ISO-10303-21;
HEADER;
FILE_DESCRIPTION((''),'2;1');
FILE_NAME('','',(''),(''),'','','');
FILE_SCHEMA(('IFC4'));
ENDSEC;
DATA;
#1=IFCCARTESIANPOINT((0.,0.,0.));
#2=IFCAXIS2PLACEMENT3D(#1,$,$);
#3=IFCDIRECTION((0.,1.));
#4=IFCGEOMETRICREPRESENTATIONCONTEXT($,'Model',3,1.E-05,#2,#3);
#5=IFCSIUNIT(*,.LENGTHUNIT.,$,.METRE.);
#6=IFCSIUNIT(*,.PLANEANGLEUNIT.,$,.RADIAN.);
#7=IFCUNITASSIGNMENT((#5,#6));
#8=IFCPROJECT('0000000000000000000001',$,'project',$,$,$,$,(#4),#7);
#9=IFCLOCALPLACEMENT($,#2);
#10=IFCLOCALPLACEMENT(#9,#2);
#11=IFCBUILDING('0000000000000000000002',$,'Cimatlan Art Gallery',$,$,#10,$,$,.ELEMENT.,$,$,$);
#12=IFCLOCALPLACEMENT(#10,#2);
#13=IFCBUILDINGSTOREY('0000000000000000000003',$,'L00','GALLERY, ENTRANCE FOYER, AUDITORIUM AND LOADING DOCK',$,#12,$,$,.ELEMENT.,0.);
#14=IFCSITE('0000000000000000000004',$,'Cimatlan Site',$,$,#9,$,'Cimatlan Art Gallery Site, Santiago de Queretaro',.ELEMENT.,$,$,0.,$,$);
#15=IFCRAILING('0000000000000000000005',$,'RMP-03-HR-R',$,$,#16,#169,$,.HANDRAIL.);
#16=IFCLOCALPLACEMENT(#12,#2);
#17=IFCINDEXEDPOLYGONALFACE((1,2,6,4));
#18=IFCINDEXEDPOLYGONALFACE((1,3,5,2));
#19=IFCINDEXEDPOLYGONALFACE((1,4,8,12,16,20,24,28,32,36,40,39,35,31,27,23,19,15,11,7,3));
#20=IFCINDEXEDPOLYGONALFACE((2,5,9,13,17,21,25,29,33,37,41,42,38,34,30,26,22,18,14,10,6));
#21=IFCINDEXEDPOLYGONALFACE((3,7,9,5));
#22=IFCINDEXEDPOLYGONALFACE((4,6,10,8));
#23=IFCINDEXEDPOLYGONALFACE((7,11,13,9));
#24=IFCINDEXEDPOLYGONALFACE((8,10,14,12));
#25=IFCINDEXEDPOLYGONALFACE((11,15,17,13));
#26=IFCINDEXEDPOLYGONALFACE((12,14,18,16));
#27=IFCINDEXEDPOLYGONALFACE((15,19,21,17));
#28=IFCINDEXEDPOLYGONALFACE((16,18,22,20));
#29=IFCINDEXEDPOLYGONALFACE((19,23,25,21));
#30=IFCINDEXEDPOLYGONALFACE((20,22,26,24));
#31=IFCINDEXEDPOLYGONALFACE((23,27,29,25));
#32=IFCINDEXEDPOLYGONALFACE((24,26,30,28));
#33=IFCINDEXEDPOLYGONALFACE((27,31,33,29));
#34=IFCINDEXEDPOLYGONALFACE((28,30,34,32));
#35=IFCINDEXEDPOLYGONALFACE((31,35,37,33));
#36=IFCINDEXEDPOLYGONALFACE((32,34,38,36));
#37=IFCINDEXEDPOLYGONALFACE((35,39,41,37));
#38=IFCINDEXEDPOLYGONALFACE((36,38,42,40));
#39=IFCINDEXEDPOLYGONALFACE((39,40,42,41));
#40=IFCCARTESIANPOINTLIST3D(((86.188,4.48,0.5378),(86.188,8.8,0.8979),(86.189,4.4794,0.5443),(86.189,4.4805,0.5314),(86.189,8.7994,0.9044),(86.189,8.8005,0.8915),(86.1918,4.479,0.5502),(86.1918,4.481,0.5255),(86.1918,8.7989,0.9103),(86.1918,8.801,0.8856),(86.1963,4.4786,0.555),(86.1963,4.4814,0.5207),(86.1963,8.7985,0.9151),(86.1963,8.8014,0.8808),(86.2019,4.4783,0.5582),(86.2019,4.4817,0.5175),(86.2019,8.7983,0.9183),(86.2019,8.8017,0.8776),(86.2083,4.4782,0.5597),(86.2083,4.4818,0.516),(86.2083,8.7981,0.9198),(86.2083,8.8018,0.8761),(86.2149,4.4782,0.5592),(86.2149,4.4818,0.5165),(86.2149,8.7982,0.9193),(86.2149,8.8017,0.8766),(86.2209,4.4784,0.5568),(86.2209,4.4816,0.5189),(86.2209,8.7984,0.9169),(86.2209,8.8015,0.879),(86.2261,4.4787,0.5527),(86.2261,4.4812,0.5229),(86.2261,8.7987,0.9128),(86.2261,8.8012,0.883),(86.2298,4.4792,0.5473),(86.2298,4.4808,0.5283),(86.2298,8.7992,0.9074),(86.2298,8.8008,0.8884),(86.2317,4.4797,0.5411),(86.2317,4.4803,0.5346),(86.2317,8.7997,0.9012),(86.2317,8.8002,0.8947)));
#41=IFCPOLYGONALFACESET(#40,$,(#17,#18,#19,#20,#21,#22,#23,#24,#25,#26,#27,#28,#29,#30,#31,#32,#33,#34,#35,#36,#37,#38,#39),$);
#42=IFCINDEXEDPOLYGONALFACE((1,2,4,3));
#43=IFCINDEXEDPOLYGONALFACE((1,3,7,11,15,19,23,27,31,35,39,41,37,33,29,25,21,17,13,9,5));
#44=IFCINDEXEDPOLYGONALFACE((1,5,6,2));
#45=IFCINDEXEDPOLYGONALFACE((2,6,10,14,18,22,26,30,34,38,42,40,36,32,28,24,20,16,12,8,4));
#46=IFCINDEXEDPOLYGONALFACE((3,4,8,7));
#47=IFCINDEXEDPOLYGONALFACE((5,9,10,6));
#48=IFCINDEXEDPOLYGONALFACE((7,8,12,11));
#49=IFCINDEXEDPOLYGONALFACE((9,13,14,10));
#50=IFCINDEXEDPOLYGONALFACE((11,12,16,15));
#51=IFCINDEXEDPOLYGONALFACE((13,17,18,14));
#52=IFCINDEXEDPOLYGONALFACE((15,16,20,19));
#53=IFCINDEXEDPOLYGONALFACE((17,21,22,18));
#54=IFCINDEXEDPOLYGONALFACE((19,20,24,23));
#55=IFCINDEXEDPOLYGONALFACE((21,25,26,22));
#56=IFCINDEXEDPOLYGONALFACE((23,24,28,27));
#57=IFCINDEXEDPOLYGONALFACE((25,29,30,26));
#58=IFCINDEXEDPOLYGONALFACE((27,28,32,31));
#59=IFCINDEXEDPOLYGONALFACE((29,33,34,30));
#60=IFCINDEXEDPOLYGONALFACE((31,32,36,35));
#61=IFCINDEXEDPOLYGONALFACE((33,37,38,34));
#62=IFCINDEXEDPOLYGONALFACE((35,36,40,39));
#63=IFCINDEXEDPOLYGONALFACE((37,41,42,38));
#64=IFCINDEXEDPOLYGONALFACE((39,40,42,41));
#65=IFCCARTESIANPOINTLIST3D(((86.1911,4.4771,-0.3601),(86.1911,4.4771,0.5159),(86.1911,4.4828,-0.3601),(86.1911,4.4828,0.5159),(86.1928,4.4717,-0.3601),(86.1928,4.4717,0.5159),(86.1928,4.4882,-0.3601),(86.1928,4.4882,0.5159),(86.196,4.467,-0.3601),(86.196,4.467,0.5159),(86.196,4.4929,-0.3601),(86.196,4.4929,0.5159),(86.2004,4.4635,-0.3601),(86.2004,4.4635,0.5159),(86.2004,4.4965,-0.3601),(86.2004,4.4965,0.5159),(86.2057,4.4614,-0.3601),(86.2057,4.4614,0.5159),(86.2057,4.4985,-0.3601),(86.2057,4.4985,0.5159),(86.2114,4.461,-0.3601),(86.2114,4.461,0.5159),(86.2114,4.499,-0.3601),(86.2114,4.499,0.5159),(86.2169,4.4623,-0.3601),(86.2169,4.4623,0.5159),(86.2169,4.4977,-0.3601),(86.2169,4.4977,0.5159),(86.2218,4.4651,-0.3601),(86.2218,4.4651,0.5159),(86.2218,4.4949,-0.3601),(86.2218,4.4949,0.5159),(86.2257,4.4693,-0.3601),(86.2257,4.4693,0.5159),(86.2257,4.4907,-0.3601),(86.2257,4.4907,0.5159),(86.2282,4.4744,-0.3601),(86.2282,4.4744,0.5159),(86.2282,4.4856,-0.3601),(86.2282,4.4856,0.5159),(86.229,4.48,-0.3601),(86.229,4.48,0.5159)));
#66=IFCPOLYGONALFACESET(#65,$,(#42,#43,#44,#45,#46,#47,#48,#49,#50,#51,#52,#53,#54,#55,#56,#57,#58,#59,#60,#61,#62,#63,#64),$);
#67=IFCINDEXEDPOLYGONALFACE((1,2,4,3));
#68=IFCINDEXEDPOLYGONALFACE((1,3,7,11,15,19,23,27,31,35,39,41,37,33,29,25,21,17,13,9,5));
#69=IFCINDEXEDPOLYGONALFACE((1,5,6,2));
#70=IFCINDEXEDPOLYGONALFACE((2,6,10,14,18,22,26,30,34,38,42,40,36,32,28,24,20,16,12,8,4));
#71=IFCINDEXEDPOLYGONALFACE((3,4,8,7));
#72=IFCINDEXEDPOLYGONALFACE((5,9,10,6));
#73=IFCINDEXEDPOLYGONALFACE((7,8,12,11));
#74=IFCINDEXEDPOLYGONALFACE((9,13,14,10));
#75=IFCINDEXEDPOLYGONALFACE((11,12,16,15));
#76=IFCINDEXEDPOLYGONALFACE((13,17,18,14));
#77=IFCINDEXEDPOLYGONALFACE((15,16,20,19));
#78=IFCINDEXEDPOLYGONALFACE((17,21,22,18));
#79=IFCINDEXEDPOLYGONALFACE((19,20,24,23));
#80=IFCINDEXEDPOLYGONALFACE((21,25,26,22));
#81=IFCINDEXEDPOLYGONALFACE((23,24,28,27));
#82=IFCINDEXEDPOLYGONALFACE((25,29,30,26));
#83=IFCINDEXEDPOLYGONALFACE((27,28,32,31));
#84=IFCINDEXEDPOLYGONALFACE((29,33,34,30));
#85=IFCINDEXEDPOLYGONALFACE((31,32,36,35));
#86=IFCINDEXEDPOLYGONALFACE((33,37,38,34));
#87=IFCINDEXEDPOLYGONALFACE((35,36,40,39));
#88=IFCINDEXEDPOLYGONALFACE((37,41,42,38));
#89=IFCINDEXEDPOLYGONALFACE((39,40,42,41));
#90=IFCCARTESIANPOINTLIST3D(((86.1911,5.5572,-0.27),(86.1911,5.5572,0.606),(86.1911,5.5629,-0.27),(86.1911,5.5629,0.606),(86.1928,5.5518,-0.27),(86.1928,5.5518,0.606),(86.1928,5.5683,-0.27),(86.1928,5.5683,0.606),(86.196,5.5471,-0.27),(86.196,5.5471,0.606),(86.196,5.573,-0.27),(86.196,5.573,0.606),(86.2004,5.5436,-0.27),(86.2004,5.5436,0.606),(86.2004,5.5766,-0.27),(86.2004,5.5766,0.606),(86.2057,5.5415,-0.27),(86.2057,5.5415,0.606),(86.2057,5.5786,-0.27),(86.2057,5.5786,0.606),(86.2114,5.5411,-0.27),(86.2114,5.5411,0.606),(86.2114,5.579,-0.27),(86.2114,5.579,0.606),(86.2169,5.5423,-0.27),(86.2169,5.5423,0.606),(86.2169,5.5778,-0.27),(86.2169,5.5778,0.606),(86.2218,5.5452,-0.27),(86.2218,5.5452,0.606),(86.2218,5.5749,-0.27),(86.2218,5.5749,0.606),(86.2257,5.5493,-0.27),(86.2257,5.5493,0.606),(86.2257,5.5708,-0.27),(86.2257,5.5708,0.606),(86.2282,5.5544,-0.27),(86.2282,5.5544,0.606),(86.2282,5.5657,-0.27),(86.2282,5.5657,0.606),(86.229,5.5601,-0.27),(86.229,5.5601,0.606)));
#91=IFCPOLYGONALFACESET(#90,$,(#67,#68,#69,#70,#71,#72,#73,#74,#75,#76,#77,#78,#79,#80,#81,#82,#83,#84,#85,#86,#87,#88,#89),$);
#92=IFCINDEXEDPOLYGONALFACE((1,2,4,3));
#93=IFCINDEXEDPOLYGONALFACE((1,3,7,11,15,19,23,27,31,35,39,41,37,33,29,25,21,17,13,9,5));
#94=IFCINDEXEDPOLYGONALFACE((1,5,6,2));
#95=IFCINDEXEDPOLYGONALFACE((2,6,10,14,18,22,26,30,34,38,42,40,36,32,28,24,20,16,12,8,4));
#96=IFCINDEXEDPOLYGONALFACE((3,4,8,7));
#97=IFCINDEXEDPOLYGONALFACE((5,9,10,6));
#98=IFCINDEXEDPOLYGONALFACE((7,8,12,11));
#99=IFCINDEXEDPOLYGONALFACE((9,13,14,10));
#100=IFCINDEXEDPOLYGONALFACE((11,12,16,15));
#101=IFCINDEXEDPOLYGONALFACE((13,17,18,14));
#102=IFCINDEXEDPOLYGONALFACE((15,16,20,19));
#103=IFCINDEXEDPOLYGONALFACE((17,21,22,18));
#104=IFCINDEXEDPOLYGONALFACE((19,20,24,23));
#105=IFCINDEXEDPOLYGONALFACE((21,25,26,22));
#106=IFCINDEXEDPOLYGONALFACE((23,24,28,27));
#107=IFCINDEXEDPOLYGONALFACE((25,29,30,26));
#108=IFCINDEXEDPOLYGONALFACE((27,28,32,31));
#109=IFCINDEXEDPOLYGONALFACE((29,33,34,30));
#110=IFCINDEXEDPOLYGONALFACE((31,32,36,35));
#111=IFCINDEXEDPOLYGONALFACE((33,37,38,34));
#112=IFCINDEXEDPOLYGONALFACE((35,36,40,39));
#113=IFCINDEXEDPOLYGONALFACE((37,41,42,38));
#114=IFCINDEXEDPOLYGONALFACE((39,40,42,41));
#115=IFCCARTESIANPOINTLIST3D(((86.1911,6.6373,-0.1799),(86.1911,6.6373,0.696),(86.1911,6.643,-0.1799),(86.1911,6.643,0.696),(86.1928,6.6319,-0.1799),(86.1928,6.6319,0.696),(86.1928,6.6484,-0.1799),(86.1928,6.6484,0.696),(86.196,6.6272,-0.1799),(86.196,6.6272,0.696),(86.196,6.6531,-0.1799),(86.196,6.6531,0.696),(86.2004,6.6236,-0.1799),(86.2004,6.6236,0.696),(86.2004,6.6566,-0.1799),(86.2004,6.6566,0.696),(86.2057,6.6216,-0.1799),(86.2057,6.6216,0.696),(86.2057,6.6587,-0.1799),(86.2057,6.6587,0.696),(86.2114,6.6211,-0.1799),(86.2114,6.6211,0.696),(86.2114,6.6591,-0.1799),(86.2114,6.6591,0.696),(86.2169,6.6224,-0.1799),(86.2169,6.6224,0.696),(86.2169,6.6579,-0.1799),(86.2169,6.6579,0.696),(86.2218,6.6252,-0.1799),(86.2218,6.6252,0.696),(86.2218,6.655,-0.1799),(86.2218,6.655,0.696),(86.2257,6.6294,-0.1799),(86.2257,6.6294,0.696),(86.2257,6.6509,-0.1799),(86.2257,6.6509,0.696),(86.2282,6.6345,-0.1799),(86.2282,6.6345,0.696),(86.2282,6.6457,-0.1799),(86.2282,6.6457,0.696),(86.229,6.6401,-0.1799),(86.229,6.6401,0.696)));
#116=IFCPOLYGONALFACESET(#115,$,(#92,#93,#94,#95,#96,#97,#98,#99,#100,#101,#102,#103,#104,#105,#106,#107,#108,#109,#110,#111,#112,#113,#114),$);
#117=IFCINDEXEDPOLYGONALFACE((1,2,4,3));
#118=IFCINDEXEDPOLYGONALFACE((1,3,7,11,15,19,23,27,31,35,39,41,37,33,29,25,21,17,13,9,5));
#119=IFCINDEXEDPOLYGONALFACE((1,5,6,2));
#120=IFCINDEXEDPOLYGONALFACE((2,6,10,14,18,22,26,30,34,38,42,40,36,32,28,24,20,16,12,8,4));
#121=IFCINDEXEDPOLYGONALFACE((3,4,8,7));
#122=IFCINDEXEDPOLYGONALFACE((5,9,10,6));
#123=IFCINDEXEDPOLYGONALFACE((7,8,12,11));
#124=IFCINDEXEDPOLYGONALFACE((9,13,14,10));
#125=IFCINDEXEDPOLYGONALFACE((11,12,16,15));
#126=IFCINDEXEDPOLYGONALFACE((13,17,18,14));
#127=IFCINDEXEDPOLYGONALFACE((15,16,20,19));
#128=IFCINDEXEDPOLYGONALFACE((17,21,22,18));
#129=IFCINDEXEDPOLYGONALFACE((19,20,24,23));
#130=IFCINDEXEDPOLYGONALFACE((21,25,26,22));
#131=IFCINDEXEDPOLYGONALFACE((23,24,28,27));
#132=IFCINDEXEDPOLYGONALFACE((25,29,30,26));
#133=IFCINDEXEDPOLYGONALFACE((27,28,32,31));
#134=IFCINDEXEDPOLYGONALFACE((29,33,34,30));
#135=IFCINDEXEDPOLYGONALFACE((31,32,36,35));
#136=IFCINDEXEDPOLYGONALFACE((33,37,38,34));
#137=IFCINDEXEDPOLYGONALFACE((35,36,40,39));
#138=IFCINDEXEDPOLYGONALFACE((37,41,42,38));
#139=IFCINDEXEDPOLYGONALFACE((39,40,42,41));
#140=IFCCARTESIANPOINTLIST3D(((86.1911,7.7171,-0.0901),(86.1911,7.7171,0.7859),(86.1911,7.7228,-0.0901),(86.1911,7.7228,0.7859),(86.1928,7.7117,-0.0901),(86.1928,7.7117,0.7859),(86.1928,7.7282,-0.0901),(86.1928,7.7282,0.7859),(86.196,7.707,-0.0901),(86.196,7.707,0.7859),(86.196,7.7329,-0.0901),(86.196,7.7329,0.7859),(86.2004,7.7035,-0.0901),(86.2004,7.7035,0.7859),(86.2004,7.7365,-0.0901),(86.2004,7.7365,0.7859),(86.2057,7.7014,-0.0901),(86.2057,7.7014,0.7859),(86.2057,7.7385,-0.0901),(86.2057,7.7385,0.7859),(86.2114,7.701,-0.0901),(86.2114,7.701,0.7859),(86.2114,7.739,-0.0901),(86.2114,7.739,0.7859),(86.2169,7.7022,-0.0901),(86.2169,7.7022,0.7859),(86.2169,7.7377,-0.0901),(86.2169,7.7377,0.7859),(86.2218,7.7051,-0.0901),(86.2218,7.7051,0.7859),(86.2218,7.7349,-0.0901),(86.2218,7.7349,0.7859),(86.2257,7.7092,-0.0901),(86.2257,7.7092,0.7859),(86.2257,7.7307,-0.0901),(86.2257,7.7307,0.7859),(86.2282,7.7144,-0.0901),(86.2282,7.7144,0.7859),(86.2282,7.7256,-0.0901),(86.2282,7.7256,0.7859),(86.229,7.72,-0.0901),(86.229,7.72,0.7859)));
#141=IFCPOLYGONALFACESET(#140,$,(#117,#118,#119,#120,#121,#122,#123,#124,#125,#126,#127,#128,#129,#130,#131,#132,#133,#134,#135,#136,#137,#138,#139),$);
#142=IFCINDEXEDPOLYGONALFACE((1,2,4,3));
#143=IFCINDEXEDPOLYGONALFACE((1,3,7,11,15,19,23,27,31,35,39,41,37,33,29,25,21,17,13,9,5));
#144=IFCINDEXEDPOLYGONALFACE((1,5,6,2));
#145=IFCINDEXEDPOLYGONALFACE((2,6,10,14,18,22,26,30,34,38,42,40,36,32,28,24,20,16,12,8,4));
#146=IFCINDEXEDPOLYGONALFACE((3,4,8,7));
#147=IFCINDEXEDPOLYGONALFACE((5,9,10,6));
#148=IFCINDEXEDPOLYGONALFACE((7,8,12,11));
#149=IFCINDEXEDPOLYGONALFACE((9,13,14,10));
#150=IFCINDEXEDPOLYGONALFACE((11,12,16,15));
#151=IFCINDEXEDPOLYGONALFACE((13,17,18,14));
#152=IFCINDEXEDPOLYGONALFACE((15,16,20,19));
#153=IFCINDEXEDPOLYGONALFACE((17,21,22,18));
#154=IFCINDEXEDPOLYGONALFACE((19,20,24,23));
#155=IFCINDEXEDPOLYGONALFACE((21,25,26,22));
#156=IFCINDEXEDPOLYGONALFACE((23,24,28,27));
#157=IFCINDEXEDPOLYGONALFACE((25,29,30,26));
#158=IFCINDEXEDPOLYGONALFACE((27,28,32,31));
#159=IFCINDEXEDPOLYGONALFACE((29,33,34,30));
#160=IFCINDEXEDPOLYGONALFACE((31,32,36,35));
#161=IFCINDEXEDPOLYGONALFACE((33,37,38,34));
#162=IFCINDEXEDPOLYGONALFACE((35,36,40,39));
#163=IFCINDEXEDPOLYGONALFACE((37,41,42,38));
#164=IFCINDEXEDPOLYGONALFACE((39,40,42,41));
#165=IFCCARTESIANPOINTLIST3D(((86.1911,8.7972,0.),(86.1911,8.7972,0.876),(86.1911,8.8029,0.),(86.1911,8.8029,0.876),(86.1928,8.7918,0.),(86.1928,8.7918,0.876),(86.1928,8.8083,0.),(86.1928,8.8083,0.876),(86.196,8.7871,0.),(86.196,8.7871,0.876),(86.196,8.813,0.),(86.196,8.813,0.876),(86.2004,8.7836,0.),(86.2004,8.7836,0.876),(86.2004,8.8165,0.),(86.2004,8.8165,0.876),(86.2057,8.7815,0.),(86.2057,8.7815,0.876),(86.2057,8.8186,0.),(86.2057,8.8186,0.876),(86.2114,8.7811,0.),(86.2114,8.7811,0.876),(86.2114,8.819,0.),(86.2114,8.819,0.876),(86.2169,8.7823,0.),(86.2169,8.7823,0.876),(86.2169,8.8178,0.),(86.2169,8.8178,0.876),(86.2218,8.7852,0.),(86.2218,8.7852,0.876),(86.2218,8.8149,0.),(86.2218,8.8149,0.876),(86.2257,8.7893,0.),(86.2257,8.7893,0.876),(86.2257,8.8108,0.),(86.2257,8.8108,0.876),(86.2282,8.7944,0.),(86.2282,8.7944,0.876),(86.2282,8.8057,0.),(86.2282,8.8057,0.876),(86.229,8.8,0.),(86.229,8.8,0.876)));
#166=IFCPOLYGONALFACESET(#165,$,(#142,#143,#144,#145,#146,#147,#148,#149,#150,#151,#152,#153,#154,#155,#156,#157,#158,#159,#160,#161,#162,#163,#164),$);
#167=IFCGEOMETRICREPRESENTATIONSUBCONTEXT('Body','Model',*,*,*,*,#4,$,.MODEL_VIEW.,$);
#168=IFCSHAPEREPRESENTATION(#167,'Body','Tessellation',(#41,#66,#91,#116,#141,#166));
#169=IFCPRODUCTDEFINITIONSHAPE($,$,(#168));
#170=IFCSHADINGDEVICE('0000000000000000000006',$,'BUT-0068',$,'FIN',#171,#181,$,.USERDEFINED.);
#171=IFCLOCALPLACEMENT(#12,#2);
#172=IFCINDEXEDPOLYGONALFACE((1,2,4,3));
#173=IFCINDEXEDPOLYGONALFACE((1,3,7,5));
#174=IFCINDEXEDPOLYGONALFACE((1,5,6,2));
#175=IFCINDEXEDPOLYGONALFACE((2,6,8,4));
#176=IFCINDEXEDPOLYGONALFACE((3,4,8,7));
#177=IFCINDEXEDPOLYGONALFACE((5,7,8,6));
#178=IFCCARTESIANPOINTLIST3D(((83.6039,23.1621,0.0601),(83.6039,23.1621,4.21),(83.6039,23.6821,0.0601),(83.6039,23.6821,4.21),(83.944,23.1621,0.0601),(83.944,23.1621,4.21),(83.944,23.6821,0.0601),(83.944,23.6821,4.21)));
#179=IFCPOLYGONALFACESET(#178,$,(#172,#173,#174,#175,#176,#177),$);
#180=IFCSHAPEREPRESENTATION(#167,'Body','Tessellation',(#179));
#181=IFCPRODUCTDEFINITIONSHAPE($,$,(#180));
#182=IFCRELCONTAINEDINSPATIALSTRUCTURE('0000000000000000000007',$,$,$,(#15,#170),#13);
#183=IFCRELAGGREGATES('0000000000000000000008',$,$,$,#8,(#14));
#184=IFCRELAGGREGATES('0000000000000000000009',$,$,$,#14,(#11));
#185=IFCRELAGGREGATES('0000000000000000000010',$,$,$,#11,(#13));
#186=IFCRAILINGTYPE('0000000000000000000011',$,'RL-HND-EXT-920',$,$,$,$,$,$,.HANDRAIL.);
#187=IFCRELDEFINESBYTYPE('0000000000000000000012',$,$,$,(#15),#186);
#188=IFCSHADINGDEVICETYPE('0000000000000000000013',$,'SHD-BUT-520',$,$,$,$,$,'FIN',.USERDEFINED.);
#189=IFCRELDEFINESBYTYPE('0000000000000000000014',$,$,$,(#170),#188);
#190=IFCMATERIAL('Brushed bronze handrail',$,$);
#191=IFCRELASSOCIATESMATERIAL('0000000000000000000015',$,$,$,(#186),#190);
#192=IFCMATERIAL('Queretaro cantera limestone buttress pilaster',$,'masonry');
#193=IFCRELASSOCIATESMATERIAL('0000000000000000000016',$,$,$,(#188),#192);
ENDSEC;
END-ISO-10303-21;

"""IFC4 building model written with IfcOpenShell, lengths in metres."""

from ifc_helpers import new_model, si_unit, direction, frame, origin, origin_2d, place, context, subcontext, project, spatial, rectangle, circle, extrude, material, type_object, element, save


model = new_model("IFC4")

# Units and contexts
model_context = context("Model", 3, precision=1e-05, world=origin(), true_north=direction((0.0, 1.0)))
body_context = subcontext(model_context, "Body", "Model", "MODEL_VIEW")
ifc_project = project(units=[si_unit("LENGTHUNIT", "METRE"), si_unit("PLANEANGLEUNIT", "RADIAN")], contexts=[model_context])

# Site, building, storey
site_placement = place(None, origin())
site = spatial("IfcSite", under=ifc_project, at=site_placement, Name="Cimatlan Site", LongName="Cimatlan Art Gallery Site, Santiago de Queretaro", CompositionType="ELEMENT", RefElevation=0.0)
building_placement = place(site_placement, origin())
building = spatial("IfcBuilding", under=site, at=building_placement, Name="Cimatlan Art Gallery", CompositionType="ELEMENT")
storey_placement = place(building_placement, origin())
storey = spatial("IfcBuildingStorey", under=building, at=storey_placement, Name="L00", Description="GALLERY, ENTRANCE FOYER, AUDITORIUM AND LOADING DOCK", CompositionType="ELEMENT", Elevation=0.0)

# Railing
ifc_material_1 = material(Name="Brushed bronze handrail")
railing_type = type_object("IfcRailingType", Name="RL-HND-EXT-920", PredefinedType="HANDRAIL", material=ifc_material_1)
for number, where, name in (
    (1, (86.21, 4.48, -0.3601), "RMP-03-HR-R"),
):
    element("IfcRailing", number, at=place(storey_placement, frame(where)), inside=storey, type_object=railing_type, Name=name, PredefinedType="HANDRAIL", context=body_context, shape_type="SweptSolid", body=[
        extrude(circle(Radius=0.022, at=origin_2d()), frame((0.0, 0.0, 0.8979), z_axis=(0.0, 0.996544, 0.083069), x_axis=(-1.0, 0.0, 0.0)), (0.0, 0.0, 1.0), 4.335),
        extrude(circle(Radius=0.019, at=origin_2d()), origin(), (0.0, 0.0, 1.0), 0.876),
        extrude(circle(Radius=0.019, at=origin_2d()), frame((0.0, 1.0801, 0.0901)), (0.0, 0.0, 1.0), 0.876),
        extrude(circle(Radius=0.019, at=origin_2d()), frame((0.0, 2.1602, 0.1802)), (0.0, 0.0, 1.0), 0.876),
        extrude(circle(Radius=0.019, at=origin_2d()), frame((0.0, 3.24, 0.27)), (0.0, 0.0, 1.0), 0.876),
        extrude(circle(Radius=0.019, at=origin_2d()), frame((0.0, 4.3201, 0.3601)), (0.0, 0.0, 1.0), 0.876),
    ])

# Shading device
ifc_material_2 = material(Name="Queretaro cantera limestone buttress pilaster", Category="masonry")
shading_device_type = type_object("IfcShadingDeviceType", Name="SHD-BUT-520", ElementType="FIN", PredefinedType="USERDEFINED", material=ifc_material_2)
shading_device_placement = place(storey_placement, frame((83.7739, 23.4221, 0.0601), z_axis=(0.0, 0.0, 1.0), x_axis=(-1.0, 0.0, 0.0)))
element("IfcShadingDevice", 2, at=shading_device_placement, inside=storey, type_object=shading_device_type, Name="BUT-0068", ObjectType="FIN", PredefinedType="USERDEFINED", context=body_context, shape_type="SweptSolid", body=[
    extrude(rectangle(XDim=0.3401, YDim=0.52, at=origin_2d()), origin(), (0.0, 0.0, 1.0), 4.1499),
])

save(model, "model.ifc")
